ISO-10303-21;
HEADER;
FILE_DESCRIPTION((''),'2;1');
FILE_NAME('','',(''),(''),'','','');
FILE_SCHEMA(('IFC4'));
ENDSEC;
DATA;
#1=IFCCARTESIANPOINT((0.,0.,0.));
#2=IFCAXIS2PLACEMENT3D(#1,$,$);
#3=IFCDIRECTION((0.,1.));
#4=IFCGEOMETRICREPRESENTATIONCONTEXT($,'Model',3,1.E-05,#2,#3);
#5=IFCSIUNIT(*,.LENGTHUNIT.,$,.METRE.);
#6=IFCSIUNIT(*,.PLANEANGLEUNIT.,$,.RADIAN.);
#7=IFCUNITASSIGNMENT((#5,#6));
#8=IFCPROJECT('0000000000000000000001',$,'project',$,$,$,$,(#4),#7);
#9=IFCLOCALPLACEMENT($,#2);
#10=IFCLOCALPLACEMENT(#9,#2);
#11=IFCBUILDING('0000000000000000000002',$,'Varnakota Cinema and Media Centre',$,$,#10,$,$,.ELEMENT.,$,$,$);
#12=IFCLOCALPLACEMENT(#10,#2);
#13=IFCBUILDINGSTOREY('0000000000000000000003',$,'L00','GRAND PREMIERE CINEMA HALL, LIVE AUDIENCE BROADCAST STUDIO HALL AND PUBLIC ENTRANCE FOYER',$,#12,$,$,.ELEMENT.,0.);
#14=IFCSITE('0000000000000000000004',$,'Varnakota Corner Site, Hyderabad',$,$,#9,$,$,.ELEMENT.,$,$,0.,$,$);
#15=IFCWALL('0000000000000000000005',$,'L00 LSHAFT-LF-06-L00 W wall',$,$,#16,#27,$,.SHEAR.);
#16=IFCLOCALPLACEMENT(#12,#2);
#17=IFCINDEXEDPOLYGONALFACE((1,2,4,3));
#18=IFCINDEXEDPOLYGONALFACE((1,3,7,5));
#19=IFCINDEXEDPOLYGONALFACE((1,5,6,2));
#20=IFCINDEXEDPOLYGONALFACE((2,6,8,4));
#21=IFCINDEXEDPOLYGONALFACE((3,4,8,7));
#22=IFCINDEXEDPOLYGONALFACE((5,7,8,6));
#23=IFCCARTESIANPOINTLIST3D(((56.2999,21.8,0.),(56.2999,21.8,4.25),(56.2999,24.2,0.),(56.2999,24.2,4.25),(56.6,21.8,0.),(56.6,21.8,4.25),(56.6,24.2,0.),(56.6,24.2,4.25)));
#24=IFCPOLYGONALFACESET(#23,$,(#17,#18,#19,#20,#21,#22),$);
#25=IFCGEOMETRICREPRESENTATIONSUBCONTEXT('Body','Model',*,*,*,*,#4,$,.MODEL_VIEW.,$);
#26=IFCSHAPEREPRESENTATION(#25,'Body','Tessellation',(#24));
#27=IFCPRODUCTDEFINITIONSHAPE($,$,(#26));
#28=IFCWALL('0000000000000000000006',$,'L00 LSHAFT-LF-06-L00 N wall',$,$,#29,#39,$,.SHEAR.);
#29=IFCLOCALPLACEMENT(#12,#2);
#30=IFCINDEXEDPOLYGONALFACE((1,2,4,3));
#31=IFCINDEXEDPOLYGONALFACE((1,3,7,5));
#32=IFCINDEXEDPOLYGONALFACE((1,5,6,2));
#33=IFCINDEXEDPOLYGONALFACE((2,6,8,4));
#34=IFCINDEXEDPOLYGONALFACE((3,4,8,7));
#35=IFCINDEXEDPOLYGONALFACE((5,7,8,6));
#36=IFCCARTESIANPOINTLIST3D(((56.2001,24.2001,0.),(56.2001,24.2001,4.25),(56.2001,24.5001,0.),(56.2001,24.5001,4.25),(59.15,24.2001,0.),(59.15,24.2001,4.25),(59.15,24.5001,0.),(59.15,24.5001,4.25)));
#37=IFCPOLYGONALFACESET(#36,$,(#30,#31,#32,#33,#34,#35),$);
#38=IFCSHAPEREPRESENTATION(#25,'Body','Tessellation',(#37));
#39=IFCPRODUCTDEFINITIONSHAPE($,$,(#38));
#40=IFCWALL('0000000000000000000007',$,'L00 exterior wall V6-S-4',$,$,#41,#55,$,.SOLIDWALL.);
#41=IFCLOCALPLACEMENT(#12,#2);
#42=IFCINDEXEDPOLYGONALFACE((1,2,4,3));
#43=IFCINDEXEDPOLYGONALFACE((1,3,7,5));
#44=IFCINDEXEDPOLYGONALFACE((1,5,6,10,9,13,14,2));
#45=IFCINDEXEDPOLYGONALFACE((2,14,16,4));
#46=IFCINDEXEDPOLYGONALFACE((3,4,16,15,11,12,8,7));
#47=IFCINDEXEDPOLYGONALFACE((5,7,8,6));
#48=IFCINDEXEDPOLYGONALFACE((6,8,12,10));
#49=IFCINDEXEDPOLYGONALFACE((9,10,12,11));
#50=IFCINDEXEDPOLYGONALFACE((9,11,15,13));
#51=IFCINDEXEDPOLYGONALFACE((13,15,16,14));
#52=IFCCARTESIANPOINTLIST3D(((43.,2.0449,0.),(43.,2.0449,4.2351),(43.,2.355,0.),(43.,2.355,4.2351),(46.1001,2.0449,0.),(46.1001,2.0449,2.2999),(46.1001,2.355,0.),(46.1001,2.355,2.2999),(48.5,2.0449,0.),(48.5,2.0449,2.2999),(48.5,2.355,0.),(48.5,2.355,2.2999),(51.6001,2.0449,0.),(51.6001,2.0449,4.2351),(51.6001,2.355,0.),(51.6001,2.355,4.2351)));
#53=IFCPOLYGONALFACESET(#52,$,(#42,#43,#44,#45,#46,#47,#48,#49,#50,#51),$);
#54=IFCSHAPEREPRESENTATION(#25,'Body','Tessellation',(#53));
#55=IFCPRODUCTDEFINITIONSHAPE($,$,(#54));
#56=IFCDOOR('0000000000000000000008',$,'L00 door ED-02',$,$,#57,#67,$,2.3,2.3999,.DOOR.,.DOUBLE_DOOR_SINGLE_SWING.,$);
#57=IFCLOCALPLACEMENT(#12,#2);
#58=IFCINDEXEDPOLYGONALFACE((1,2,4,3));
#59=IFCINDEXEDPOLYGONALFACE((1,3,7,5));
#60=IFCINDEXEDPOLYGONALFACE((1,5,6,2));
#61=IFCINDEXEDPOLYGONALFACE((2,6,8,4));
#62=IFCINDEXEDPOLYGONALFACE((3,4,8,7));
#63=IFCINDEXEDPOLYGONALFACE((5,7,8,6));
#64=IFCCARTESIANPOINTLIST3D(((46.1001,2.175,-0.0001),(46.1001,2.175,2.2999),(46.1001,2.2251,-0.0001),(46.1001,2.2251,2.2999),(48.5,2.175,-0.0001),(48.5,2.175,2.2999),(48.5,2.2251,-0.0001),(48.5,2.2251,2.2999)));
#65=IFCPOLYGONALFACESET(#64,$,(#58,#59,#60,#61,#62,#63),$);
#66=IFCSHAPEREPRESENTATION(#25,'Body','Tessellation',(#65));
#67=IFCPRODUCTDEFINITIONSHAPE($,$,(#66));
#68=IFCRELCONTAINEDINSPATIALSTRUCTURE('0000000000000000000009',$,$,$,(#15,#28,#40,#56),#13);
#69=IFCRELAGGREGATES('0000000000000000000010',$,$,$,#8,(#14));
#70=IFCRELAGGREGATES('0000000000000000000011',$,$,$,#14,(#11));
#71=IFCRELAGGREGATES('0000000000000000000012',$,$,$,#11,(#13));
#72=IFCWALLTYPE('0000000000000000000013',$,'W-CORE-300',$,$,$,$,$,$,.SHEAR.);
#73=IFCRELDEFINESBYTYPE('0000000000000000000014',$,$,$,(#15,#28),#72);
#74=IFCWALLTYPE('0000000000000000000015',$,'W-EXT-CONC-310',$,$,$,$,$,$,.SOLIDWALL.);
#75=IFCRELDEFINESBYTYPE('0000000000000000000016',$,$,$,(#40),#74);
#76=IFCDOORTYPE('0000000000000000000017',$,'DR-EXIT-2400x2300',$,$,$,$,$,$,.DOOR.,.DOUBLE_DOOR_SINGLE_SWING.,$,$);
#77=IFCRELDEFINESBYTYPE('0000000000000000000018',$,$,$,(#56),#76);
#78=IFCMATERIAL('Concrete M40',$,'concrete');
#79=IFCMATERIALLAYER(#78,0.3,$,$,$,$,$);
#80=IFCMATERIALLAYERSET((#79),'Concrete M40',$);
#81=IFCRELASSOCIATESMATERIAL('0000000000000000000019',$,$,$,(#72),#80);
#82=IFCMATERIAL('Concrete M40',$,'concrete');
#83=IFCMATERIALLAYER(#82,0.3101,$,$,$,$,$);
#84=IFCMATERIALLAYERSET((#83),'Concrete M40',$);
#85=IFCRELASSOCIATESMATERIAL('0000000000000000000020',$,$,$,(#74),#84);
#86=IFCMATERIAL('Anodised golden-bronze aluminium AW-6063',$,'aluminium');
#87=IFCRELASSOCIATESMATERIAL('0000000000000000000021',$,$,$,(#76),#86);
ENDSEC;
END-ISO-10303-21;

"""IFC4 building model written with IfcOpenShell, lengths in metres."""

from ifc_helpers import new_model, si_unit, direction, frame, frame_2d, origin, place, context, subcontext, project, spatial, rectangle, extrude, material, layer, layer_set, type_object, element, fill, save


model = new_model("IFC4")

# Units and contexts
model_context = context("Model", 3, precision=1e-05, world=origin(), true_north=direction((0.0, 1.0)))
body_context = subcontext(model_context, "Body", "Model", "MODEL_VIEW")
ifc_project = project(units=[si_unit("LENGTHUNIT", "METRE"), si_unit("PLANEANGLEUNIT", "RADIAN")], contexts=[model_context])

# Site, building, storey
site_placement = place(None, origin())
site = spatial("IfcSite", under=ifc_project, at=site_placement, Name="Varnakota Corner Site, Hyderabad", CompositionType="ELEMENT", RefElevation=0.0)
building_placement = place(site_placement, origin())
building = spatial("IfcBuilding", under=site, at=building_placement, Name="Varnakota Cinema and Media Centre", CompositionType="ELEMENT")
storey_placement = place(building_placement, origin())
storey = spatial("IfcBuildingStorey", under=building, at=storey_placement, Name="L00", Description="GRAND PREMIERE CINEMA HALL, LIVE AUDIENCE BROADCAST STUDIO HALL AND PUBLIC ENTRANCE FOYER", CompositionType="ELEMENT", Elevation=0.0)

# Shared definitions
ifc_material_1 = material(Name="Concrete M40", Category="concrete")
ifc_layer_1 = layer(ifc_material_1, 0.3)
ifc_layer_set_1 = layer_set([ifc_layer_1], Name="Concrete M40")
wall_type_1 = type_object("IfcWallType", Name="W-CORE-300", PredefinedType="SHEAR", material=ifc_layer_set_1)

# Walls
for number, where, z_axis, x_axis, name in (
    (1, (56.45, 21.8, 0.0), (0.0, 0.0, 1.0), (0.0, 1.0, 0.0), "L00 LSHAFT-LF-06-L00 W wall"),
):
    element("IfcWall", number, at=place(storey_placement, frame(where, z_axis=z_axis, x_axis=x_axis)), inside=storey, type_object=wall_type_1, Name=name, PredefinedType="SHEAR", context=body_context, shape_type="SweptSolid", body=[
        extrude(rectangle(XDim=2.3999, YDim=0.3, at=frame_2d((1.2, 0.0))), origin(), (0.0, 0.0, 1.0), 4.25),
    ])
wall_1_placement = place(storey_placement, frame((56.2, 24.3501, 0.0), z_axis=(0.0, 0.0, 1.0), x_axis=(1.0, 0.0, 0.0)))
element("IfcWall", 2, at=wall_1_placement, inside=storey, type_object=wall_type_1, Name="L00 LSHAFT-LF-06-L00 N wall", PredefinedType="SHEAR", context=body_context, shape_type="SweptSolid", body=[
    extrude(rectangle(XDim=2.95, YDim=0.3, at=frame_2d((1.4751, 0.0))), origin(), (0.0, 0.0, 1.0), 4.25),
])

# Wall, opening, door
ifc_material_2 = material(Name="Concrete M40", Category="concrete")
ifc_layer_2 = layer(ifc_material_2, 0.3101)
ifc_layer_set_2 = layer_set([ifc_layer_2], Name="Concrete M40")
wall_type_2 = type_object("IfcWallType", Name="W-EXT-CONC-310", PredefinedType="SOLIDWALL", material=ifc_layer_set_2)
wall_2_placement = place(storey_placement, frame((51.6001, 2.2, 0.0), z_axis=(0.0, 0.0, 1.0), x_axis=(-1.0, 0.0, 0.0)))
wall_2 = element("IfcWall", 3, at=wall_2_placement, inside=storey, type_object=wall_type_2, Name="L00 exterior wall V6-S-4", PredefinedType="SOLIDWALL", context=body_context, shape_type="SweptSolid", body=[
    extrude(rectangle(XDim=8.6001, YDim=0.3101, at=frame_2d((4.3, 0.0))), origin(), (0.0, 0.0, 1.0), 4.2351),
])
opening_1_placement = place(wall_2_placement, frame((3.1001, 0.0, 0.0)))
opening_1 = element("IfcOpeningElement", 4, at=opening_1_placement, cuts=wall_2, PredefinedType="OPENING", context=body_context, shape_type="SweptSolid", body=[
    extrude(rectangle(XDim=2.3999, YDim=2.3, at=frame_2d((1.2, 1.1499))), frame((0.0, 0.155, 0.0), z_axis=(0.0, -1.0, 0.0), x_axis=(1.0, 0.0, 0.0)), (0.0, 0.0, 1.0), 0.3101),
])
ifc_material_3 = material(Name="Anodised golden-bronze aluminium AW-6063", Category="aluminium")
door_type_1 = type_object("IfcDoorType", Name="DR-EXIT-2400x2300", OperationType="DOUBLE_DOOR_SINGLE_SWING", PredefinedType="DOOR", material=ifc_material_3)
door_1_placement = place(opening_1_placement, origin())
door_1 = element("IfcDoor", 5, at=door_1_placement, inside=storey, type_object=door_type_1, Name="L00 door ED-02", OperationType="DOUBLE_DOOR_SINGLE_SWING", OverallHeight=2.3, OverallWidth=2.3999, PredefinedType="DOOR", context=body_context, shape_type="SweptSolid", body=[
    extrude(rectangle(XDim=2.3999, YDim=2.3, at=frame_2d((1.2, 1.1499))), frame((0.0, 0.0249, 0.0), z_axis=(0.0, -1.0, 0.0), x_axis=(1.0, 0.0, 0.0)), (0.0, 0.0, 1.0), 0.05),
])
fill(opening_1, door_1)

save(model, "model.ifc")
